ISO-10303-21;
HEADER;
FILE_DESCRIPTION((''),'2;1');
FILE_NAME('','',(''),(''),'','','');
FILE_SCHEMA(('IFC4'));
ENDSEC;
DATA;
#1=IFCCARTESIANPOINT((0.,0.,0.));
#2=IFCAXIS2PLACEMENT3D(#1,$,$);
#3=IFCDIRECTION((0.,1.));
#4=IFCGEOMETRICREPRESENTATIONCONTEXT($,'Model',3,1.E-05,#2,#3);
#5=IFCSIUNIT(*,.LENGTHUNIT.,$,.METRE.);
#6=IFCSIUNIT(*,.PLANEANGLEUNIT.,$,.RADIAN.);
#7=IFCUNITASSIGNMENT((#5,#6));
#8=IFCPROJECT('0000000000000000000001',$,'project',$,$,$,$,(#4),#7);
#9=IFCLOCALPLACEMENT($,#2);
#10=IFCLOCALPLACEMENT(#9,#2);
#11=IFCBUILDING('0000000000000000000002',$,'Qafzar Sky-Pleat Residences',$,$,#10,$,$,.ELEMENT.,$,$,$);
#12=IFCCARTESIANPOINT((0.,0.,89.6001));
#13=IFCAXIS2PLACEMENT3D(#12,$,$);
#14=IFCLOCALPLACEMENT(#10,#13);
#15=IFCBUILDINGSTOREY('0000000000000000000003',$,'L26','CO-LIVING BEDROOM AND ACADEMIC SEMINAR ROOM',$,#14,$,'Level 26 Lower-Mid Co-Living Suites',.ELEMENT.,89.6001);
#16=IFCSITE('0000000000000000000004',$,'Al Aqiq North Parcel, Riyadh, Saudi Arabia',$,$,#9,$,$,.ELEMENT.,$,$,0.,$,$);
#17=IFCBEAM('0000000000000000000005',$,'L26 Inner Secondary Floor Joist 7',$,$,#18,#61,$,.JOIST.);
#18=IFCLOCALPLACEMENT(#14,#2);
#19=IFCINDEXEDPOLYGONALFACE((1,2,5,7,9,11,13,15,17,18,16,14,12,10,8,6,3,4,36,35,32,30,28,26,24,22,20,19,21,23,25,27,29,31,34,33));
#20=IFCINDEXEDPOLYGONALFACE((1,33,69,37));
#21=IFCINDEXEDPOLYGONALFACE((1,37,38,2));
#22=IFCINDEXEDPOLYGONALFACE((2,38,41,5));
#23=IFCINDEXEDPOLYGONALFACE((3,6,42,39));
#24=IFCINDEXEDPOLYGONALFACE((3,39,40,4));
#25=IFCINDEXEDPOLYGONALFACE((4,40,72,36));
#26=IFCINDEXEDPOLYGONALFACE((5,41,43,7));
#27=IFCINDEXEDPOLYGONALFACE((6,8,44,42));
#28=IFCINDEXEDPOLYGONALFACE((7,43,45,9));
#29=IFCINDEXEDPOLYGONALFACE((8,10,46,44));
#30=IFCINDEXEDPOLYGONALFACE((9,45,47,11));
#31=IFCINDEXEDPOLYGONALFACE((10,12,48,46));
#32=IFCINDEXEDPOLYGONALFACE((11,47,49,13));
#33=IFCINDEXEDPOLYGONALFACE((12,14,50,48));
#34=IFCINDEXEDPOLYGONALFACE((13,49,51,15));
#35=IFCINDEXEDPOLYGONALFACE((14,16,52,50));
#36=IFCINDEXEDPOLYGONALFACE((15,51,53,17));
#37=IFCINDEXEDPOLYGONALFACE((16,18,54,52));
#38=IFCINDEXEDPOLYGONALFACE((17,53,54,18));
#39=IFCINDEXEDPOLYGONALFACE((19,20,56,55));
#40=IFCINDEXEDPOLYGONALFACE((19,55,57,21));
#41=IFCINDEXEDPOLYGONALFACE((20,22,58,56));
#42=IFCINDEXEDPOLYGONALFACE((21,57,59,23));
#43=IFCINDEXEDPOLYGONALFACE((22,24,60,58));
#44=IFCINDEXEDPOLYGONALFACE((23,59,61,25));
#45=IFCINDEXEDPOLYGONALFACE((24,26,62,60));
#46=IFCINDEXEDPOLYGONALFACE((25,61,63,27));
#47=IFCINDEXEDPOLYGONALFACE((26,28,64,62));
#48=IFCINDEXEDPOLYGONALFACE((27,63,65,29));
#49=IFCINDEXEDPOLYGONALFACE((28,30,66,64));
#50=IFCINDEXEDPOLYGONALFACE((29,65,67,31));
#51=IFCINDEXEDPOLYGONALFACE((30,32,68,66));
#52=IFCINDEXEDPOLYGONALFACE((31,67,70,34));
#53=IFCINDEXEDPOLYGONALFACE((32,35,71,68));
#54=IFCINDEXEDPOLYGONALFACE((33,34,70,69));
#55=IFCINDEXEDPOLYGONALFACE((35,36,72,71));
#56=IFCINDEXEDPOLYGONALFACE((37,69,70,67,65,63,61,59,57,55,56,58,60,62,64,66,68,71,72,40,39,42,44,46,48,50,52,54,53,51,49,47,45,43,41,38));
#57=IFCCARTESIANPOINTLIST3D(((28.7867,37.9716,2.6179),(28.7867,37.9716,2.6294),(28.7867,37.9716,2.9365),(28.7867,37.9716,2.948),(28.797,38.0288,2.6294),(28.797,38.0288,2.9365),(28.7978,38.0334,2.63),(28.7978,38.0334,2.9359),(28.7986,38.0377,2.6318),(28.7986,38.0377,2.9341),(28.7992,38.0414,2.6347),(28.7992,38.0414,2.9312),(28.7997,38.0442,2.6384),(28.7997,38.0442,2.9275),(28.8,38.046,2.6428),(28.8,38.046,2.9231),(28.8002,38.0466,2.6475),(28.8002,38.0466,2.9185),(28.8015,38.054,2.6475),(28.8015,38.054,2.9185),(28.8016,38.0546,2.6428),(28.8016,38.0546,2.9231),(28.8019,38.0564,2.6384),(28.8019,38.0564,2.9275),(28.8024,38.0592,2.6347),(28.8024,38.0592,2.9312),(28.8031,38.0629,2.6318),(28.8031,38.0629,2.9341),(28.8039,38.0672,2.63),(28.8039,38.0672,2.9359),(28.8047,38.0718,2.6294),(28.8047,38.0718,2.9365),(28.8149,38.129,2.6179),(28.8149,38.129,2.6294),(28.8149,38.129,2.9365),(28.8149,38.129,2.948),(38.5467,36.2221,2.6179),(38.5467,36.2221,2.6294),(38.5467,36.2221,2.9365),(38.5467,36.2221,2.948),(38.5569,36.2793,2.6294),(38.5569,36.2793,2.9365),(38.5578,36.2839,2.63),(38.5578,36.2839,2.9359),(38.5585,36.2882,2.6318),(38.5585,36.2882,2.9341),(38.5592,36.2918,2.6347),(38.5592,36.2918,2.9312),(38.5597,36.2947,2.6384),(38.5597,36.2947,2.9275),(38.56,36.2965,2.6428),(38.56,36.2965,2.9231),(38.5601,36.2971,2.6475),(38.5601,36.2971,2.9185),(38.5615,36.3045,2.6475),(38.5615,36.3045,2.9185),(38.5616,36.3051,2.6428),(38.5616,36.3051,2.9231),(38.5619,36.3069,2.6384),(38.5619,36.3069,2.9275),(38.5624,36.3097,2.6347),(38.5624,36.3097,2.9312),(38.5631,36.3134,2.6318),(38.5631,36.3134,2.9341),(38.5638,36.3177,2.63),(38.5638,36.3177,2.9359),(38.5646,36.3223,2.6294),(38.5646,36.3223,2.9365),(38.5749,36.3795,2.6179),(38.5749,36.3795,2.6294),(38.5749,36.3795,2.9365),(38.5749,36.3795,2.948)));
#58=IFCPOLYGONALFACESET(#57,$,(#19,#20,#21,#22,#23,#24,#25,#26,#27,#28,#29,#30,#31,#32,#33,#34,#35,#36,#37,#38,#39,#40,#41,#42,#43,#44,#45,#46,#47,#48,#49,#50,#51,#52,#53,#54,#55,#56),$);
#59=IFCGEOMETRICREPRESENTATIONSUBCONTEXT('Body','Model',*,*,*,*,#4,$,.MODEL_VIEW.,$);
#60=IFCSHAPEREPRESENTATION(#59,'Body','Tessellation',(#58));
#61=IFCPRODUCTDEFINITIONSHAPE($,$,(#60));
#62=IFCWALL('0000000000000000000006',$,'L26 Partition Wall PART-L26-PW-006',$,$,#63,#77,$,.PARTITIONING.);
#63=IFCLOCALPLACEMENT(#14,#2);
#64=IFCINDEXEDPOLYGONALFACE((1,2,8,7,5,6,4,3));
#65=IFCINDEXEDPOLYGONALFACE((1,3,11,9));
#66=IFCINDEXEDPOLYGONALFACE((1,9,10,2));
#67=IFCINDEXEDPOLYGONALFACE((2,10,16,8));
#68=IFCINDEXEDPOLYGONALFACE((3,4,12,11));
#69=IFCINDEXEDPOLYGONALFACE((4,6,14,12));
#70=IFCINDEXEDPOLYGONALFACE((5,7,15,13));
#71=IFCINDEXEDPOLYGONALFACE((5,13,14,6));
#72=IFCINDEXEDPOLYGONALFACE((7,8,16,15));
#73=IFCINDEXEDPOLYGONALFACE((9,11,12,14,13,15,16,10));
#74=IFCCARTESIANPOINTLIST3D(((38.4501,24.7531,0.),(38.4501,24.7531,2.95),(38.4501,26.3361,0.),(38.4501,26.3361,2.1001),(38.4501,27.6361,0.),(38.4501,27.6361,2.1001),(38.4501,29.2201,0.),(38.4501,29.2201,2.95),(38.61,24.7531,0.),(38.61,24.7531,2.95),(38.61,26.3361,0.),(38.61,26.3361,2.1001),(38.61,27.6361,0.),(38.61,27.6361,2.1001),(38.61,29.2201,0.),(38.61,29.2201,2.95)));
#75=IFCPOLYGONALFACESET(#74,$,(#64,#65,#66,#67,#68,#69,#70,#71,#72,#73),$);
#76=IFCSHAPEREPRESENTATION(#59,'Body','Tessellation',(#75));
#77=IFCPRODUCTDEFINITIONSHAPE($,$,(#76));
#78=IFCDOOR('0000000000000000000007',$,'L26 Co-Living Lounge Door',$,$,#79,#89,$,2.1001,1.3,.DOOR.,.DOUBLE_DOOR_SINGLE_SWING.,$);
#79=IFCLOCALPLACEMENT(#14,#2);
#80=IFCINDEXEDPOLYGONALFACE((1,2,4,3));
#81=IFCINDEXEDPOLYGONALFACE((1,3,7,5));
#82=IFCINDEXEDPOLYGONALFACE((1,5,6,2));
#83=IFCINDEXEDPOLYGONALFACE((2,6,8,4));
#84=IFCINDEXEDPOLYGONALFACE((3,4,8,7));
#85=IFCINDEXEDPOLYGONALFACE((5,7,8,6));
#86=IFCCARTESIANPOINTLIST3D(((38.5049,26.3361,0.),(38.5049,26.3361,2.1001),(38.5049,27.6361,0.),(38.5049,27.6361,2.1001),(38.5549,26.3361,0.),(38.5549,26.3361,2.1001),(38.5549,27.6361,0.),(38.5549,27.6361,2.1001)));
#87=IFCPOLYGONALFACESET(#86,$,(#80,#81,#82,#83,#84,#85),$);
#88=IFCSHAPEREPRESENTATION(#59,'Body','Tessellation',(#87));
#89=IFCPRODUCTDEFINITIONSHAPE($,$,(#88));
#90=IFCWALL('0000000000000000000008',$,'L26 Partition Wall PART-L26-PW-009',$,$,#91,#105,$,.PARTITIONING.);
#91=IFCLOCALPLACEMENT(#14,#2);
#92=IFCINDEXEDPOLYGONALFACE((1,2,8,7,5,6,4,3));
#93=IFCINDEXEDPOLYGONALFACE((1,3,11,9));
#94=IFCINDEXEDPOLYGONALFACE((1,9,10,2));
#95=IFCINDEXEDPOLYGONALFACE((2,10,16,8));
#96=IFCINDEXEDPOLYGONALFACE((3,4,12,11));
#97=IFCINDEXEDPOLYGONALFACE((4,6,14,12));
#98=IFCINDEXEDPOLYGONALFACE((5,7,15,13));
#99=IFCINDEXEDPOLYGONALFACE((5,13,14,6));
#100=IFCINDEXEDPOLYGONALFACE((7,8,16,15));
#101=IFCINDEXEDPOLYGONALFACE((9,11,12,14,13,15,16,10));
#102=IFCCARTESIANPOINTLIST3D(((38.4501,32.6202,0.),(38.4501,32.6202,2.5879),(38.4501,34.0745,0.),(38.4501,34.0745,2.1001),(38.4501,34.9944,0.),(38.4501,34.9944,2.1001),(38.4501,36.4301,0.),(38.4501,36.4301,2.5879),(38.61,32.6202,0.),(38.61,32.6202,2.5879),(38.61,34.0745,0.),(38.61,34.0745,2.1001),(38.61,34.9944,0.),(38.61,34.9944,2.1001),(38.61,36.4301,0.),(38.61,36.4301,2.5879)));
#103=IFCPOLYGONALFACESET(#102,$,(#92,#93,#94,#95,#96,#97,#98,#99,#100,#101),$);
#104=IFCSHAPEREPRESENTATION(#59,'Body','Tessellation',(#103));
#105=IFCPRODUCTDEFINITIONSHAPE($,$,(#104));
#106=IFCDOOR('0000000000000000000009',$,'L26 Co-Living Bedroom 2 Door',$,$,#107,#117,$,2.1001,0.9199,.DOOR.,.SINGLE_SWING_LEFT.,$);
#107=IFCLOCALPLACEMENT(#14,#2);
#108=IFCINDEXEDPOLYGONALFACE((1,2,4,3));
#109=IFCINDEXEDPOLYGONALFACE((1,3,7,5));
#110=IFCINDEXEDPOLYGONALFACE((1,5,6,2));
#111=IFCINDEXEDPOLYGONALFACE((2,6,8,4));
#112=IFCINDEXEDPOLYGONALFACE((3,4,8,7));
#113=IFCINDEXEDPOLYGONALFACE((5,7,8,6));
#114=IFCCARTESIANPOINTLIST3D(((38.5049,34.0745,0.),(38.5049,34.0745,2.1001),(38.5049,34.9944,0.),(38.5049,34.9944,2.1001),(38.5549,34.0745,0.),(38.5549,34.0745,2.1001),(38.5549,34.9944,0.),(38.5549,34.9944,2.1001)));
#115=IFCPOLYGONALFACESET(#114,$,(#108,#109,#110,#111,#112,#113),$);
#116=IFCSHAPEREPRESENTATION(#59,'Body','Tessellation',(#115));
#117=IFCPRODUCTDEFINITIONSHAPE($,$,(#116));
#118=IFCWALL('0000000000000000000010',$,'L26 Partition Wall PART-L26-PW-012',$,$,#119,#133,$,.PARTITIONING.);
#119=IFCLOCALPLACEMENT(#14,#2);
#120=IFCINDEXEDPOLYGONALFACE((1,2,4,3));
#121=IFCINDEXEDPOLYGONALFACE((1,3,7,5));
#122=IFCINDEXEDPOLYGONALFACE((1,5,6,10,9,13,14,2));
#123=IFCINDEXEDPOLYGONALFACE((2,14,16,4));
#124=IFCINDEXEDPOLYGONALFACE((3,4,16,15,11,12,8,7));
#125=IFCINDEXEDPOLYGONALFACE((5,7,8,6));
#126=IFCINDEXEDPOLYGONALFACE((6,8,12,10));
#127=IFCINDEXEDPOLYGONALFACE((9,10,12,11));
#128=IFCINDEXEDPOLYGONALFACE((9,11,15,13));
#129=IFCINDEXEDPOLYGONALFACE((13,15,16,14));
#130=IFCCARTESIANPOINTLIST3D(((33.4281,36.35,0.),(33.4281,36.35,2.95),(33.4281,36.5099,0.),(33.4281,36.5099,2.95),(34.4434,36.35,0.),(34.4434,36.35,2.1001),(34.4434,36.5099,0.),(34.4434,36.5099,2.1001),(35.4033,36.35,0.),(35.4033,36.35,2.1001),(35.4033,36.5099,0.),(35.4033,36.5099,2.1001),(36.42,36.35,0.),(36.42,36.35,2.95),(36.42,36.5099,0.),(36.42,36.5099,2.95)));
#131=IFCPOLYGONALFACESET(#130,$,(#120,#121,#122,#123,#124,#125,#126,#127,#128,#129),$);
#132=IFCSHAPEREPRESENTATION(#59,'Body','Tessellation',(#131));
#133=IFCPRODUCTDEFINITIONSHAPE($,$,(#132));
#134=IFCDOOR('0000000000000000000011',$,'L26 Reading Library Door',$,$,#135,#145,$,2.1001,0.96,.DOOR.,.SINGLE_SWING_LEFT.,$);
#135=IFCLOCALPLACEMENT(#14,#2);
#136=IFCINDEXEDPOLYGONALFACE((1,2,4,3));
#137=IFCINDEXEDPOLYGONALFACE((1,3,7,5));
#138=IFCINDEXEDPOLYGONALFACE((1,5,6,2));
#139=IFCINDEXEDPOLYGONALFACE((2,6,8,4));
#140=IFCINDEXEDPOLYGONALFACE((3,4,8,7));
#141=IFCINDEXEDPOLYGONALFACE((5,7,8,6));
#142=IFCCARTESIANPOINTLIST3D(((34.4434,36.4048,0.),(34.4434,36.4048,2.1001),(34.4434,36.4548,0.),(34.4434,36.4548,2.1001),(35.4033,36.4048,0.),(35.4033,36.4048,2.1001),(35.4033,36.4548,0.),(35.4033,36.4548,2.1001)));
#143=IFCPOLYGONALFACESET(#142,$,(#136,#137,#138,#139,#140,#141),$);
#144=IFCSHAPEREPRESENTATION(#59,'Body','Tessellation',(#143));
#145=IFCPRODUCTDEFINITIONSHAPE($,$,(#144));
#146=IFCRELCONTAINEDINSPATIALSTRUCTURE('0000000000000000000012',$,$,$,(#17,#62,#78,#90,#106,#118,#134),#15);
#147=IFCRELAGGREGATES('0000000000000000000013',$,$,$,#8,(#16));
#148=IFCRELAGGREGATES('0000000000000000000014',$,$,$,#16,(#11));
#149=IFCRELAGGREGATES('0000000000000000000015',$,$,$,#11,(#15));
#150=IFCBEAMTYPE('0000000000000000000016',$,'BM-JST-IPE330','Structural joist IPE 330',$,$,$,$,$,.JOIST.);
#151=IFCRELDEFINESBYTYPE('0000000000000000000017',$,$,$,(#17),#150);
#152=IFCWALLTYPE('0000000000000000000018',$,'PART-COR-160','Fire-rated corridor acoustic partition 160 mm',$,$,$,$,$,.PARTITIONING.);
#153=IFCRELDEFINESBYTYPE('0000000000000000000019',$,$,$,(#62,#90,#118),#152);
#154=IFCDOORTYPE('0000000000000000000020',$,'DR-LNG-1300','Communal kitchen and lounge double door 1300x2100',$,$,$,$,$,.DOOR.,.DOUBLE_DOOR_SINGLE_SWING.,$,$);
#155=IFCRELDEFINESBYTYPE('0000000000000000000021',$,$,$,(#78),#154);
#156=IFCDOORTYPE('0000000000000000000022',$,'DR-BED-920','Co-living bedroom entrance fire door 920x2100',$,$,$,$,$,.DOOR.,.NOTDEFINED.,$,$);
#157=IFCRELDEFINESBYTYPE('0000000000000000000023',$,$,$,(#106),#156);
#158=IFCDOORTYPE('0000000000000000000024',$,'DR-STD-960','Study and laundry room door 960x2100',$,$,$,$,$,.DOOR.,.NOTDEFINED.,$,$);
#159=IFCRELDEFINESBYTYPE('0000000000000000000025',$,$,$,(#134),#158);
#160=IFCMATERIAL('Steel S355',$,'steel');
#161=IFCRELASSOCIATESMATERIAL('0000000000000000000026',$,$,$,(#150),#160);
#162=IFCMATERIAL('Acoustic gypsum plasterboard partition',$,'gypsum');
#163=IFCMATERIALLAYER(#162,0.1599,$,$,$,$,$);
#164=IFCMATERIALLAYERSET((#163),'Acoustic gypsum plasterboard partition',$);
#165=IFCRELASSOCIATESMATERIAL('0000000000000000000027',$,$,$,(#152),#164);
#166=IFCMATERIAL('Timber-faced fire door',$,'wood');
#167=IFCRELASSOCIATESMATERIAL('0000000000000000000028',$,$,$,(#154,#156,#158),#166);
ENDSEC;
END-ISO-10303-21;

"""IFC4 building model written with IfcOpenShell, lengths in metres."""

from ifc_helpers import new_model, si_unit, direction, frame, frame_2d, origin, origin_2d, place, context, subcontext, project, spatial, rectangle, i_section, extrude, source, transform, mapped, material, layer, layer_set, material_profile, profile_set, type_object, element, fill, save


model = new_model("IFC4")

# Units and contexts
model_context = context("Model", 3, precision=1e-05, world=origin(), true_north=direction((0.0, 1.0)))
body_context = subcontext(model_context, "Body", "Model", "MODEL_VIEW")
ifc_project = project(units=[si_unit("LENGTHUNIT", "METRE"), si_unit("PLANEANGLEUNIT", "RADIAN")], contexts=[model_context])

# Site, building, storey
site_placement = place(None, origin())
site = spatial("IfcSite", under=ifc_project, at=site_placement, Name="Al Aqiq North Parcel, Riyadh, Saudi Arabia", CompositionType="ELEMENT", RefElevation=0.0)
building_placement = place(site_placement, origin())
building = spatial("IfcBuilding", under=site, at=building_placement, Name="Qafzar Sky-Pleat Residences", CompositionType="ELEMENT")
storey_placement = place(building_placement, frame((0.0, 0.0, 89.6001)))
storey = spatial("IfcBuildingStorey", under=building, at=storey_placement, Name="L26", Description="CO-LIVING BEDROOM AND ACADEMIC SEMINAR ROOM", LongName="Level 26 Lower-Mid Co-Living Suites", CompositionType="ELEMENT", Elevation=89.6001)

# Beam
ifc_material_1 = material(Name="Steel S355", Category="steel")
ifc_material_profile = material_profile(ifc_material_1, i_section(OverallWidth=0.1599, OverallDepth=0.3301, WebThickness=0.0076, FlangeThickness=0.0115, FilletRadius=0.0181, at=origin_2d()), Name="IPE 330")
ifc_profile_set = profile_set([ifc_material_profile], Name="Steel S355")
beam_type = type_object("IfcBeamType", Name="BM-JST-IPE330", Description="Structural joist IPE 330", PredefinedType="JOIST", material=ifc_profile_set)
shared_shape_1 = source(origin(), body_context, "Body", "SweptSolid", [
    extrude(i_section(OverallWidth=0.1599, OverallDepth=0.3301, WebThickness=0.0076, FlangeThickness=0.0115, FilletRadius=0.0181, at=origin_2d()), origin(), (0.0, 0.0, 1.0), 9.9155),
])
beam_placement = place(storey_placement, frame((38.5608, 36.3008, 2.783), z_axis=(-0.984311, 0.176441, 0.0), x_axis=(-0.176441, -0.984311, 0.0)))
element("IfcBeam", 1, at=beam_placement, inside=storey, type_object=beam_type, Name="L26 Inner Secondary Floor Joist 7", PredefinedType="JOIST", context=body_context, shape_type="MappedRepresentation", body=[
    mapped(shared_shape_1, transform((0.0, 0.0, 0.0), x_axis=(1.0, 0.0, 0.0), y_axis=(0.0, 1.0, 0.0), z_axis=(0.0, 0.0, 1.0), scale=1.0)),
])

# Walls, openings, doors
ifc_material_2 = material(Name="Acoustic gypsum plasterboard partition", Category="gypsum")
ifc_layer_1 = layer(ifc_material_2, 0.1599)
ifc_layer_set_1 = layer_set([ifc_layer_1], Name="Acoustic gypsum plasterboard partition")
wall_type_1 = type_object("IfcWallType", Name="PART-COR-160", Description="Fire-rated corridor acoustic partition 160 mm", PredefinedType="PARTITIONING", material=ifc_layer_set_1)
wall_1_placement = place(storey_placement, frame((38.53, 29.22, 0.0), z_axis=(0.0, 0.0, 1.0), x_axis=(0.0, -1.0, 0.0)))
wall_1 = element("IfcWall", 2, at=wall_1_placement, inside=storey, type_object=wall_type_1, Name="L26 Partition Wall PART-L26-PW-006", PredefinedType="PARTITIONING", context=body_context, shape_type="SweptSolid", body=[
    extrude(rectangle(XDim=4.467, YDim=0.1599, at=frame_2d((2.2334, 0.0))), origin(), (0.0, 0.0, 1.0), 2.95),
])
opening_1_placement = place(wall_1_placement, frame((1.584, 0.0, 0.0)))
opening_1 = element("IfcOpeningElement", 3, at=opening_1_placement, cuts=wall_1, PredefinedType="OPENING", context=body_context, shape_type="SweptSolid", body=[
    extrude(rectangle(XDim=1.3, YDim=2.1001, at=frame_2d((0.6499, 1.05))), frame((0.0, 0.0898, 0.0), z_axis=(0.0, -1.0, 0.0), x_axis=(1.0, 0.0, 0.0)), (0.0, 0.0, 1.0), 0.1799),
])
ifc_material_3 = material(Name="Timber-faced fire door", Category="wood")
door_type_1 = type_object("IfcDoorType", Name="DR-LNG-1300", Description="Communal kitchen and lounge double door 1300x2100", OperationType="DOUBLE_DOOR_SINGLE_SWING", PredefinedType="DOOR", material=ifc_material_3)
shared_shape_2 = source(origin(), body_context, "Body", "SweptSolid", [
    extrude(rectangle(XDim=1.3, YDim=2.1001, at=frame_2d((0.6499, 1.05))), frame((0.0, 0.0249, 0.0), z_axis=(0.0, -1.0, 0.0), x_axis=(1.0, 0.0, 0.0)), (0.0, 0.0, 1.0), 0.05),
])
door_1_placement = place(opening_1_placement, origin())
door_1 = element("IfcDoor", 4, at=door_1_placement, inside=storey, type_object=door_type_1, Name="L26 Co-Living Lounge Door", OperationType="DOUBLE_DOOR_SINGLE_SWING", OverallHeight=2.1001, OverallWidth=1.3, PredefinedType="DOOR", context=body_context, shape_type="MappedRepresentation", body=[
    mapped(shared_shape_2, transform((0.0, 0.0, 0.0), x_axis=(1.0, 0.0, 0.0), y_axis=(0.0, 1.0, 0.0), z_axis=(0.0, 0.0, 1.0), scale=1.0)),
])
fill(opening_1, door_1)
wall_2_placement = place(storey_placement, frame((38.53, 36.4299, 0.0), z_axis=(0.0, 0.0, 1.0), x_axis=(0.0, -1.0, 0.0)))
wall_2 = element("IfcWall", 5, at=wall_2_placement, inside=storey, type_object=wall_type_1, Name="L26 Partition Wall PART-L26-PW-009", PredefinedType="PARTITIONING", context=body_context, shape_type="SweptSolid", body=[
    extrude(rectangle(XDim=3.8098, YDim=0.1599, at=frame_2d((1.9048, 0.0))), origin(), (0.0, 0.0, 1.0), 2.5879),
])
opening_2_placement = place(wall_2_placement, frame((1.4355, 0.0, 0.0)))
opening_2 = element("IfcOpeningElement", 6, at=opening_2_placement, cuts=wall_2, PredefinedType="OPENING", context=body_context, shape_type="SweptSolid", body=[
    extrude(rectangle(XDim=0.9199, YDim=2.1001, at=frame_2d((0.46, 1.05))), frame((0.0, 0.0898, 0.0), z_axis=(0.0, -1.0, 0.0), x_axis=(1.0, 0.0, 0.0)), (0.0, 0.0, 1.0), 0.1799),
])
door_type_2 = type_object("IfcDoorType", Name="DR-BED-920", Description="Co-living bedroom entrance fire door 920x2100", OperationType="NOTDEFINED", PredefinedType="DOOR", material=ifc_material_3)
shared_shape_3 = source(origin(), body_context, "Body", "SweptSolid", [
    extrude(rectangle(XDim=0.9199, YDim=2.1001, at=frame_2d((0.46, 1.05))), frame((0.0, 0.0249, 0.0), z_axis=(0.0, -1.0, 0.0), x_axis=(1.0, 0.0, 0.0)), (0.0, 0.0, 1.0), 0.05),
])
door_2_placement = place(opening_2_placement, origin())
door_2 = element("IfcDoor", 7, at=door_2_placement, inside=storey, type_object=door_type_2, Name="L26 Co-Living Bedroom 2 Door", OperationType="SINGLE_SWING_LEFT", OverallHeight=2.1001, OverallWidth=0.9199, PredefinedType="DOOR", context=body_context, shape_type="MappedRepresentation", body=[
    mapped(shared_shape_3, transform((0.0, 0.0, 0.0), x_axis=(1.0, 0.0, 0.0), y_axis=(0.0, 1.0, 0.0), z_axis=(0.0, 0.0, 1.0), scale=1.0)),
])
fill(opening_2, door_2)
wall_3_placement = place(storey_placement, frame((33.428, 36.4299, 0.0), z_axis=(0.0, 0.0, 1.0), x_axis=(1.0, 0.0, 0.0)))
wall_3 = element("IfcWall", 8, at=wall_3_placement, inside=storey, type_object=wall_type_1, Name="L26 Partition Wall PART-L26-PW-012", PredefinedType="PARTITIONING", context=body_context, shape_type="SweptSolid", body=[
    extrude(rectangle(XDim=2.9919, YDim=0.1599, at=frame_2d((1.4961, 0.0))), origin(), (0.0, 0.0, 1.0), 2.95),
])
opening_3_placement = place(wall_3_placement, frame((1.0154, 0.0, 0.0)))
opening_3 = element("IfcOpeningElement", 9, at=opening_3_placement, cuts=wall_3, PredefinedType="OPENING", context=body_context, shape_type="SweptSolid", body=[
    extrude(rectangle(XDim=0.96, YDim=2.1001, at=frame_2d((0.48, 1.05))), frame((0.0, 0.0898, 0.0), z_axis=(0.0, -1.0, 0.0), x_axis=(1.0, 0.0, 0.0)), (0.0, 0.0, 1.0), 0.1799),
])
door_type_3 = type_object("IfcDoorType", Name="DR-STD-960", Description="Study and laundry room door 960x2100", OperationType="NOTDEFINED", PredefinedType="DOOR", material=ifc_material_3)
shared_shape_4 = source(origin(), body_context, "Body", "SweptSolid", [
    extrude(rectangle(XDim=0.96, YDim=2.1001, at=frame_2d((0.48, 1.05))), frame((0.0, 0.0249, 0.0), z_axis=(0.0, -1.0, 0.0), x_axis=(1.0, 0.0, 0.0)), (0.0, 0.0, 1.0), 0.05),
])
door_3_placement = place(opening_3_placement, origin())
door_3 = element("IfcDoor", 10, at=door_3_placement, inside=storey, type_object=door_type_3, Name="L26 Reading Library Door", OperationType="SINGLE_SWING_LEFT", OverallHeight=2.1001, OverallWidth=0.96, PredefinedType="DOOR", context=body_context, shape_type="MappedRepresentation", body=[
    mapped(shared_shape_4, transform((0.0, 0.0, 0.0), x_axis=(1.0, 0.0, 0.0), y_axis=(0.0, 1.0, 0.0), z_axis=(0.0, 0.0, 1.0), scale=1.0)),
])
fill(opening_3, door_3)

save(model, "model.ifc")
